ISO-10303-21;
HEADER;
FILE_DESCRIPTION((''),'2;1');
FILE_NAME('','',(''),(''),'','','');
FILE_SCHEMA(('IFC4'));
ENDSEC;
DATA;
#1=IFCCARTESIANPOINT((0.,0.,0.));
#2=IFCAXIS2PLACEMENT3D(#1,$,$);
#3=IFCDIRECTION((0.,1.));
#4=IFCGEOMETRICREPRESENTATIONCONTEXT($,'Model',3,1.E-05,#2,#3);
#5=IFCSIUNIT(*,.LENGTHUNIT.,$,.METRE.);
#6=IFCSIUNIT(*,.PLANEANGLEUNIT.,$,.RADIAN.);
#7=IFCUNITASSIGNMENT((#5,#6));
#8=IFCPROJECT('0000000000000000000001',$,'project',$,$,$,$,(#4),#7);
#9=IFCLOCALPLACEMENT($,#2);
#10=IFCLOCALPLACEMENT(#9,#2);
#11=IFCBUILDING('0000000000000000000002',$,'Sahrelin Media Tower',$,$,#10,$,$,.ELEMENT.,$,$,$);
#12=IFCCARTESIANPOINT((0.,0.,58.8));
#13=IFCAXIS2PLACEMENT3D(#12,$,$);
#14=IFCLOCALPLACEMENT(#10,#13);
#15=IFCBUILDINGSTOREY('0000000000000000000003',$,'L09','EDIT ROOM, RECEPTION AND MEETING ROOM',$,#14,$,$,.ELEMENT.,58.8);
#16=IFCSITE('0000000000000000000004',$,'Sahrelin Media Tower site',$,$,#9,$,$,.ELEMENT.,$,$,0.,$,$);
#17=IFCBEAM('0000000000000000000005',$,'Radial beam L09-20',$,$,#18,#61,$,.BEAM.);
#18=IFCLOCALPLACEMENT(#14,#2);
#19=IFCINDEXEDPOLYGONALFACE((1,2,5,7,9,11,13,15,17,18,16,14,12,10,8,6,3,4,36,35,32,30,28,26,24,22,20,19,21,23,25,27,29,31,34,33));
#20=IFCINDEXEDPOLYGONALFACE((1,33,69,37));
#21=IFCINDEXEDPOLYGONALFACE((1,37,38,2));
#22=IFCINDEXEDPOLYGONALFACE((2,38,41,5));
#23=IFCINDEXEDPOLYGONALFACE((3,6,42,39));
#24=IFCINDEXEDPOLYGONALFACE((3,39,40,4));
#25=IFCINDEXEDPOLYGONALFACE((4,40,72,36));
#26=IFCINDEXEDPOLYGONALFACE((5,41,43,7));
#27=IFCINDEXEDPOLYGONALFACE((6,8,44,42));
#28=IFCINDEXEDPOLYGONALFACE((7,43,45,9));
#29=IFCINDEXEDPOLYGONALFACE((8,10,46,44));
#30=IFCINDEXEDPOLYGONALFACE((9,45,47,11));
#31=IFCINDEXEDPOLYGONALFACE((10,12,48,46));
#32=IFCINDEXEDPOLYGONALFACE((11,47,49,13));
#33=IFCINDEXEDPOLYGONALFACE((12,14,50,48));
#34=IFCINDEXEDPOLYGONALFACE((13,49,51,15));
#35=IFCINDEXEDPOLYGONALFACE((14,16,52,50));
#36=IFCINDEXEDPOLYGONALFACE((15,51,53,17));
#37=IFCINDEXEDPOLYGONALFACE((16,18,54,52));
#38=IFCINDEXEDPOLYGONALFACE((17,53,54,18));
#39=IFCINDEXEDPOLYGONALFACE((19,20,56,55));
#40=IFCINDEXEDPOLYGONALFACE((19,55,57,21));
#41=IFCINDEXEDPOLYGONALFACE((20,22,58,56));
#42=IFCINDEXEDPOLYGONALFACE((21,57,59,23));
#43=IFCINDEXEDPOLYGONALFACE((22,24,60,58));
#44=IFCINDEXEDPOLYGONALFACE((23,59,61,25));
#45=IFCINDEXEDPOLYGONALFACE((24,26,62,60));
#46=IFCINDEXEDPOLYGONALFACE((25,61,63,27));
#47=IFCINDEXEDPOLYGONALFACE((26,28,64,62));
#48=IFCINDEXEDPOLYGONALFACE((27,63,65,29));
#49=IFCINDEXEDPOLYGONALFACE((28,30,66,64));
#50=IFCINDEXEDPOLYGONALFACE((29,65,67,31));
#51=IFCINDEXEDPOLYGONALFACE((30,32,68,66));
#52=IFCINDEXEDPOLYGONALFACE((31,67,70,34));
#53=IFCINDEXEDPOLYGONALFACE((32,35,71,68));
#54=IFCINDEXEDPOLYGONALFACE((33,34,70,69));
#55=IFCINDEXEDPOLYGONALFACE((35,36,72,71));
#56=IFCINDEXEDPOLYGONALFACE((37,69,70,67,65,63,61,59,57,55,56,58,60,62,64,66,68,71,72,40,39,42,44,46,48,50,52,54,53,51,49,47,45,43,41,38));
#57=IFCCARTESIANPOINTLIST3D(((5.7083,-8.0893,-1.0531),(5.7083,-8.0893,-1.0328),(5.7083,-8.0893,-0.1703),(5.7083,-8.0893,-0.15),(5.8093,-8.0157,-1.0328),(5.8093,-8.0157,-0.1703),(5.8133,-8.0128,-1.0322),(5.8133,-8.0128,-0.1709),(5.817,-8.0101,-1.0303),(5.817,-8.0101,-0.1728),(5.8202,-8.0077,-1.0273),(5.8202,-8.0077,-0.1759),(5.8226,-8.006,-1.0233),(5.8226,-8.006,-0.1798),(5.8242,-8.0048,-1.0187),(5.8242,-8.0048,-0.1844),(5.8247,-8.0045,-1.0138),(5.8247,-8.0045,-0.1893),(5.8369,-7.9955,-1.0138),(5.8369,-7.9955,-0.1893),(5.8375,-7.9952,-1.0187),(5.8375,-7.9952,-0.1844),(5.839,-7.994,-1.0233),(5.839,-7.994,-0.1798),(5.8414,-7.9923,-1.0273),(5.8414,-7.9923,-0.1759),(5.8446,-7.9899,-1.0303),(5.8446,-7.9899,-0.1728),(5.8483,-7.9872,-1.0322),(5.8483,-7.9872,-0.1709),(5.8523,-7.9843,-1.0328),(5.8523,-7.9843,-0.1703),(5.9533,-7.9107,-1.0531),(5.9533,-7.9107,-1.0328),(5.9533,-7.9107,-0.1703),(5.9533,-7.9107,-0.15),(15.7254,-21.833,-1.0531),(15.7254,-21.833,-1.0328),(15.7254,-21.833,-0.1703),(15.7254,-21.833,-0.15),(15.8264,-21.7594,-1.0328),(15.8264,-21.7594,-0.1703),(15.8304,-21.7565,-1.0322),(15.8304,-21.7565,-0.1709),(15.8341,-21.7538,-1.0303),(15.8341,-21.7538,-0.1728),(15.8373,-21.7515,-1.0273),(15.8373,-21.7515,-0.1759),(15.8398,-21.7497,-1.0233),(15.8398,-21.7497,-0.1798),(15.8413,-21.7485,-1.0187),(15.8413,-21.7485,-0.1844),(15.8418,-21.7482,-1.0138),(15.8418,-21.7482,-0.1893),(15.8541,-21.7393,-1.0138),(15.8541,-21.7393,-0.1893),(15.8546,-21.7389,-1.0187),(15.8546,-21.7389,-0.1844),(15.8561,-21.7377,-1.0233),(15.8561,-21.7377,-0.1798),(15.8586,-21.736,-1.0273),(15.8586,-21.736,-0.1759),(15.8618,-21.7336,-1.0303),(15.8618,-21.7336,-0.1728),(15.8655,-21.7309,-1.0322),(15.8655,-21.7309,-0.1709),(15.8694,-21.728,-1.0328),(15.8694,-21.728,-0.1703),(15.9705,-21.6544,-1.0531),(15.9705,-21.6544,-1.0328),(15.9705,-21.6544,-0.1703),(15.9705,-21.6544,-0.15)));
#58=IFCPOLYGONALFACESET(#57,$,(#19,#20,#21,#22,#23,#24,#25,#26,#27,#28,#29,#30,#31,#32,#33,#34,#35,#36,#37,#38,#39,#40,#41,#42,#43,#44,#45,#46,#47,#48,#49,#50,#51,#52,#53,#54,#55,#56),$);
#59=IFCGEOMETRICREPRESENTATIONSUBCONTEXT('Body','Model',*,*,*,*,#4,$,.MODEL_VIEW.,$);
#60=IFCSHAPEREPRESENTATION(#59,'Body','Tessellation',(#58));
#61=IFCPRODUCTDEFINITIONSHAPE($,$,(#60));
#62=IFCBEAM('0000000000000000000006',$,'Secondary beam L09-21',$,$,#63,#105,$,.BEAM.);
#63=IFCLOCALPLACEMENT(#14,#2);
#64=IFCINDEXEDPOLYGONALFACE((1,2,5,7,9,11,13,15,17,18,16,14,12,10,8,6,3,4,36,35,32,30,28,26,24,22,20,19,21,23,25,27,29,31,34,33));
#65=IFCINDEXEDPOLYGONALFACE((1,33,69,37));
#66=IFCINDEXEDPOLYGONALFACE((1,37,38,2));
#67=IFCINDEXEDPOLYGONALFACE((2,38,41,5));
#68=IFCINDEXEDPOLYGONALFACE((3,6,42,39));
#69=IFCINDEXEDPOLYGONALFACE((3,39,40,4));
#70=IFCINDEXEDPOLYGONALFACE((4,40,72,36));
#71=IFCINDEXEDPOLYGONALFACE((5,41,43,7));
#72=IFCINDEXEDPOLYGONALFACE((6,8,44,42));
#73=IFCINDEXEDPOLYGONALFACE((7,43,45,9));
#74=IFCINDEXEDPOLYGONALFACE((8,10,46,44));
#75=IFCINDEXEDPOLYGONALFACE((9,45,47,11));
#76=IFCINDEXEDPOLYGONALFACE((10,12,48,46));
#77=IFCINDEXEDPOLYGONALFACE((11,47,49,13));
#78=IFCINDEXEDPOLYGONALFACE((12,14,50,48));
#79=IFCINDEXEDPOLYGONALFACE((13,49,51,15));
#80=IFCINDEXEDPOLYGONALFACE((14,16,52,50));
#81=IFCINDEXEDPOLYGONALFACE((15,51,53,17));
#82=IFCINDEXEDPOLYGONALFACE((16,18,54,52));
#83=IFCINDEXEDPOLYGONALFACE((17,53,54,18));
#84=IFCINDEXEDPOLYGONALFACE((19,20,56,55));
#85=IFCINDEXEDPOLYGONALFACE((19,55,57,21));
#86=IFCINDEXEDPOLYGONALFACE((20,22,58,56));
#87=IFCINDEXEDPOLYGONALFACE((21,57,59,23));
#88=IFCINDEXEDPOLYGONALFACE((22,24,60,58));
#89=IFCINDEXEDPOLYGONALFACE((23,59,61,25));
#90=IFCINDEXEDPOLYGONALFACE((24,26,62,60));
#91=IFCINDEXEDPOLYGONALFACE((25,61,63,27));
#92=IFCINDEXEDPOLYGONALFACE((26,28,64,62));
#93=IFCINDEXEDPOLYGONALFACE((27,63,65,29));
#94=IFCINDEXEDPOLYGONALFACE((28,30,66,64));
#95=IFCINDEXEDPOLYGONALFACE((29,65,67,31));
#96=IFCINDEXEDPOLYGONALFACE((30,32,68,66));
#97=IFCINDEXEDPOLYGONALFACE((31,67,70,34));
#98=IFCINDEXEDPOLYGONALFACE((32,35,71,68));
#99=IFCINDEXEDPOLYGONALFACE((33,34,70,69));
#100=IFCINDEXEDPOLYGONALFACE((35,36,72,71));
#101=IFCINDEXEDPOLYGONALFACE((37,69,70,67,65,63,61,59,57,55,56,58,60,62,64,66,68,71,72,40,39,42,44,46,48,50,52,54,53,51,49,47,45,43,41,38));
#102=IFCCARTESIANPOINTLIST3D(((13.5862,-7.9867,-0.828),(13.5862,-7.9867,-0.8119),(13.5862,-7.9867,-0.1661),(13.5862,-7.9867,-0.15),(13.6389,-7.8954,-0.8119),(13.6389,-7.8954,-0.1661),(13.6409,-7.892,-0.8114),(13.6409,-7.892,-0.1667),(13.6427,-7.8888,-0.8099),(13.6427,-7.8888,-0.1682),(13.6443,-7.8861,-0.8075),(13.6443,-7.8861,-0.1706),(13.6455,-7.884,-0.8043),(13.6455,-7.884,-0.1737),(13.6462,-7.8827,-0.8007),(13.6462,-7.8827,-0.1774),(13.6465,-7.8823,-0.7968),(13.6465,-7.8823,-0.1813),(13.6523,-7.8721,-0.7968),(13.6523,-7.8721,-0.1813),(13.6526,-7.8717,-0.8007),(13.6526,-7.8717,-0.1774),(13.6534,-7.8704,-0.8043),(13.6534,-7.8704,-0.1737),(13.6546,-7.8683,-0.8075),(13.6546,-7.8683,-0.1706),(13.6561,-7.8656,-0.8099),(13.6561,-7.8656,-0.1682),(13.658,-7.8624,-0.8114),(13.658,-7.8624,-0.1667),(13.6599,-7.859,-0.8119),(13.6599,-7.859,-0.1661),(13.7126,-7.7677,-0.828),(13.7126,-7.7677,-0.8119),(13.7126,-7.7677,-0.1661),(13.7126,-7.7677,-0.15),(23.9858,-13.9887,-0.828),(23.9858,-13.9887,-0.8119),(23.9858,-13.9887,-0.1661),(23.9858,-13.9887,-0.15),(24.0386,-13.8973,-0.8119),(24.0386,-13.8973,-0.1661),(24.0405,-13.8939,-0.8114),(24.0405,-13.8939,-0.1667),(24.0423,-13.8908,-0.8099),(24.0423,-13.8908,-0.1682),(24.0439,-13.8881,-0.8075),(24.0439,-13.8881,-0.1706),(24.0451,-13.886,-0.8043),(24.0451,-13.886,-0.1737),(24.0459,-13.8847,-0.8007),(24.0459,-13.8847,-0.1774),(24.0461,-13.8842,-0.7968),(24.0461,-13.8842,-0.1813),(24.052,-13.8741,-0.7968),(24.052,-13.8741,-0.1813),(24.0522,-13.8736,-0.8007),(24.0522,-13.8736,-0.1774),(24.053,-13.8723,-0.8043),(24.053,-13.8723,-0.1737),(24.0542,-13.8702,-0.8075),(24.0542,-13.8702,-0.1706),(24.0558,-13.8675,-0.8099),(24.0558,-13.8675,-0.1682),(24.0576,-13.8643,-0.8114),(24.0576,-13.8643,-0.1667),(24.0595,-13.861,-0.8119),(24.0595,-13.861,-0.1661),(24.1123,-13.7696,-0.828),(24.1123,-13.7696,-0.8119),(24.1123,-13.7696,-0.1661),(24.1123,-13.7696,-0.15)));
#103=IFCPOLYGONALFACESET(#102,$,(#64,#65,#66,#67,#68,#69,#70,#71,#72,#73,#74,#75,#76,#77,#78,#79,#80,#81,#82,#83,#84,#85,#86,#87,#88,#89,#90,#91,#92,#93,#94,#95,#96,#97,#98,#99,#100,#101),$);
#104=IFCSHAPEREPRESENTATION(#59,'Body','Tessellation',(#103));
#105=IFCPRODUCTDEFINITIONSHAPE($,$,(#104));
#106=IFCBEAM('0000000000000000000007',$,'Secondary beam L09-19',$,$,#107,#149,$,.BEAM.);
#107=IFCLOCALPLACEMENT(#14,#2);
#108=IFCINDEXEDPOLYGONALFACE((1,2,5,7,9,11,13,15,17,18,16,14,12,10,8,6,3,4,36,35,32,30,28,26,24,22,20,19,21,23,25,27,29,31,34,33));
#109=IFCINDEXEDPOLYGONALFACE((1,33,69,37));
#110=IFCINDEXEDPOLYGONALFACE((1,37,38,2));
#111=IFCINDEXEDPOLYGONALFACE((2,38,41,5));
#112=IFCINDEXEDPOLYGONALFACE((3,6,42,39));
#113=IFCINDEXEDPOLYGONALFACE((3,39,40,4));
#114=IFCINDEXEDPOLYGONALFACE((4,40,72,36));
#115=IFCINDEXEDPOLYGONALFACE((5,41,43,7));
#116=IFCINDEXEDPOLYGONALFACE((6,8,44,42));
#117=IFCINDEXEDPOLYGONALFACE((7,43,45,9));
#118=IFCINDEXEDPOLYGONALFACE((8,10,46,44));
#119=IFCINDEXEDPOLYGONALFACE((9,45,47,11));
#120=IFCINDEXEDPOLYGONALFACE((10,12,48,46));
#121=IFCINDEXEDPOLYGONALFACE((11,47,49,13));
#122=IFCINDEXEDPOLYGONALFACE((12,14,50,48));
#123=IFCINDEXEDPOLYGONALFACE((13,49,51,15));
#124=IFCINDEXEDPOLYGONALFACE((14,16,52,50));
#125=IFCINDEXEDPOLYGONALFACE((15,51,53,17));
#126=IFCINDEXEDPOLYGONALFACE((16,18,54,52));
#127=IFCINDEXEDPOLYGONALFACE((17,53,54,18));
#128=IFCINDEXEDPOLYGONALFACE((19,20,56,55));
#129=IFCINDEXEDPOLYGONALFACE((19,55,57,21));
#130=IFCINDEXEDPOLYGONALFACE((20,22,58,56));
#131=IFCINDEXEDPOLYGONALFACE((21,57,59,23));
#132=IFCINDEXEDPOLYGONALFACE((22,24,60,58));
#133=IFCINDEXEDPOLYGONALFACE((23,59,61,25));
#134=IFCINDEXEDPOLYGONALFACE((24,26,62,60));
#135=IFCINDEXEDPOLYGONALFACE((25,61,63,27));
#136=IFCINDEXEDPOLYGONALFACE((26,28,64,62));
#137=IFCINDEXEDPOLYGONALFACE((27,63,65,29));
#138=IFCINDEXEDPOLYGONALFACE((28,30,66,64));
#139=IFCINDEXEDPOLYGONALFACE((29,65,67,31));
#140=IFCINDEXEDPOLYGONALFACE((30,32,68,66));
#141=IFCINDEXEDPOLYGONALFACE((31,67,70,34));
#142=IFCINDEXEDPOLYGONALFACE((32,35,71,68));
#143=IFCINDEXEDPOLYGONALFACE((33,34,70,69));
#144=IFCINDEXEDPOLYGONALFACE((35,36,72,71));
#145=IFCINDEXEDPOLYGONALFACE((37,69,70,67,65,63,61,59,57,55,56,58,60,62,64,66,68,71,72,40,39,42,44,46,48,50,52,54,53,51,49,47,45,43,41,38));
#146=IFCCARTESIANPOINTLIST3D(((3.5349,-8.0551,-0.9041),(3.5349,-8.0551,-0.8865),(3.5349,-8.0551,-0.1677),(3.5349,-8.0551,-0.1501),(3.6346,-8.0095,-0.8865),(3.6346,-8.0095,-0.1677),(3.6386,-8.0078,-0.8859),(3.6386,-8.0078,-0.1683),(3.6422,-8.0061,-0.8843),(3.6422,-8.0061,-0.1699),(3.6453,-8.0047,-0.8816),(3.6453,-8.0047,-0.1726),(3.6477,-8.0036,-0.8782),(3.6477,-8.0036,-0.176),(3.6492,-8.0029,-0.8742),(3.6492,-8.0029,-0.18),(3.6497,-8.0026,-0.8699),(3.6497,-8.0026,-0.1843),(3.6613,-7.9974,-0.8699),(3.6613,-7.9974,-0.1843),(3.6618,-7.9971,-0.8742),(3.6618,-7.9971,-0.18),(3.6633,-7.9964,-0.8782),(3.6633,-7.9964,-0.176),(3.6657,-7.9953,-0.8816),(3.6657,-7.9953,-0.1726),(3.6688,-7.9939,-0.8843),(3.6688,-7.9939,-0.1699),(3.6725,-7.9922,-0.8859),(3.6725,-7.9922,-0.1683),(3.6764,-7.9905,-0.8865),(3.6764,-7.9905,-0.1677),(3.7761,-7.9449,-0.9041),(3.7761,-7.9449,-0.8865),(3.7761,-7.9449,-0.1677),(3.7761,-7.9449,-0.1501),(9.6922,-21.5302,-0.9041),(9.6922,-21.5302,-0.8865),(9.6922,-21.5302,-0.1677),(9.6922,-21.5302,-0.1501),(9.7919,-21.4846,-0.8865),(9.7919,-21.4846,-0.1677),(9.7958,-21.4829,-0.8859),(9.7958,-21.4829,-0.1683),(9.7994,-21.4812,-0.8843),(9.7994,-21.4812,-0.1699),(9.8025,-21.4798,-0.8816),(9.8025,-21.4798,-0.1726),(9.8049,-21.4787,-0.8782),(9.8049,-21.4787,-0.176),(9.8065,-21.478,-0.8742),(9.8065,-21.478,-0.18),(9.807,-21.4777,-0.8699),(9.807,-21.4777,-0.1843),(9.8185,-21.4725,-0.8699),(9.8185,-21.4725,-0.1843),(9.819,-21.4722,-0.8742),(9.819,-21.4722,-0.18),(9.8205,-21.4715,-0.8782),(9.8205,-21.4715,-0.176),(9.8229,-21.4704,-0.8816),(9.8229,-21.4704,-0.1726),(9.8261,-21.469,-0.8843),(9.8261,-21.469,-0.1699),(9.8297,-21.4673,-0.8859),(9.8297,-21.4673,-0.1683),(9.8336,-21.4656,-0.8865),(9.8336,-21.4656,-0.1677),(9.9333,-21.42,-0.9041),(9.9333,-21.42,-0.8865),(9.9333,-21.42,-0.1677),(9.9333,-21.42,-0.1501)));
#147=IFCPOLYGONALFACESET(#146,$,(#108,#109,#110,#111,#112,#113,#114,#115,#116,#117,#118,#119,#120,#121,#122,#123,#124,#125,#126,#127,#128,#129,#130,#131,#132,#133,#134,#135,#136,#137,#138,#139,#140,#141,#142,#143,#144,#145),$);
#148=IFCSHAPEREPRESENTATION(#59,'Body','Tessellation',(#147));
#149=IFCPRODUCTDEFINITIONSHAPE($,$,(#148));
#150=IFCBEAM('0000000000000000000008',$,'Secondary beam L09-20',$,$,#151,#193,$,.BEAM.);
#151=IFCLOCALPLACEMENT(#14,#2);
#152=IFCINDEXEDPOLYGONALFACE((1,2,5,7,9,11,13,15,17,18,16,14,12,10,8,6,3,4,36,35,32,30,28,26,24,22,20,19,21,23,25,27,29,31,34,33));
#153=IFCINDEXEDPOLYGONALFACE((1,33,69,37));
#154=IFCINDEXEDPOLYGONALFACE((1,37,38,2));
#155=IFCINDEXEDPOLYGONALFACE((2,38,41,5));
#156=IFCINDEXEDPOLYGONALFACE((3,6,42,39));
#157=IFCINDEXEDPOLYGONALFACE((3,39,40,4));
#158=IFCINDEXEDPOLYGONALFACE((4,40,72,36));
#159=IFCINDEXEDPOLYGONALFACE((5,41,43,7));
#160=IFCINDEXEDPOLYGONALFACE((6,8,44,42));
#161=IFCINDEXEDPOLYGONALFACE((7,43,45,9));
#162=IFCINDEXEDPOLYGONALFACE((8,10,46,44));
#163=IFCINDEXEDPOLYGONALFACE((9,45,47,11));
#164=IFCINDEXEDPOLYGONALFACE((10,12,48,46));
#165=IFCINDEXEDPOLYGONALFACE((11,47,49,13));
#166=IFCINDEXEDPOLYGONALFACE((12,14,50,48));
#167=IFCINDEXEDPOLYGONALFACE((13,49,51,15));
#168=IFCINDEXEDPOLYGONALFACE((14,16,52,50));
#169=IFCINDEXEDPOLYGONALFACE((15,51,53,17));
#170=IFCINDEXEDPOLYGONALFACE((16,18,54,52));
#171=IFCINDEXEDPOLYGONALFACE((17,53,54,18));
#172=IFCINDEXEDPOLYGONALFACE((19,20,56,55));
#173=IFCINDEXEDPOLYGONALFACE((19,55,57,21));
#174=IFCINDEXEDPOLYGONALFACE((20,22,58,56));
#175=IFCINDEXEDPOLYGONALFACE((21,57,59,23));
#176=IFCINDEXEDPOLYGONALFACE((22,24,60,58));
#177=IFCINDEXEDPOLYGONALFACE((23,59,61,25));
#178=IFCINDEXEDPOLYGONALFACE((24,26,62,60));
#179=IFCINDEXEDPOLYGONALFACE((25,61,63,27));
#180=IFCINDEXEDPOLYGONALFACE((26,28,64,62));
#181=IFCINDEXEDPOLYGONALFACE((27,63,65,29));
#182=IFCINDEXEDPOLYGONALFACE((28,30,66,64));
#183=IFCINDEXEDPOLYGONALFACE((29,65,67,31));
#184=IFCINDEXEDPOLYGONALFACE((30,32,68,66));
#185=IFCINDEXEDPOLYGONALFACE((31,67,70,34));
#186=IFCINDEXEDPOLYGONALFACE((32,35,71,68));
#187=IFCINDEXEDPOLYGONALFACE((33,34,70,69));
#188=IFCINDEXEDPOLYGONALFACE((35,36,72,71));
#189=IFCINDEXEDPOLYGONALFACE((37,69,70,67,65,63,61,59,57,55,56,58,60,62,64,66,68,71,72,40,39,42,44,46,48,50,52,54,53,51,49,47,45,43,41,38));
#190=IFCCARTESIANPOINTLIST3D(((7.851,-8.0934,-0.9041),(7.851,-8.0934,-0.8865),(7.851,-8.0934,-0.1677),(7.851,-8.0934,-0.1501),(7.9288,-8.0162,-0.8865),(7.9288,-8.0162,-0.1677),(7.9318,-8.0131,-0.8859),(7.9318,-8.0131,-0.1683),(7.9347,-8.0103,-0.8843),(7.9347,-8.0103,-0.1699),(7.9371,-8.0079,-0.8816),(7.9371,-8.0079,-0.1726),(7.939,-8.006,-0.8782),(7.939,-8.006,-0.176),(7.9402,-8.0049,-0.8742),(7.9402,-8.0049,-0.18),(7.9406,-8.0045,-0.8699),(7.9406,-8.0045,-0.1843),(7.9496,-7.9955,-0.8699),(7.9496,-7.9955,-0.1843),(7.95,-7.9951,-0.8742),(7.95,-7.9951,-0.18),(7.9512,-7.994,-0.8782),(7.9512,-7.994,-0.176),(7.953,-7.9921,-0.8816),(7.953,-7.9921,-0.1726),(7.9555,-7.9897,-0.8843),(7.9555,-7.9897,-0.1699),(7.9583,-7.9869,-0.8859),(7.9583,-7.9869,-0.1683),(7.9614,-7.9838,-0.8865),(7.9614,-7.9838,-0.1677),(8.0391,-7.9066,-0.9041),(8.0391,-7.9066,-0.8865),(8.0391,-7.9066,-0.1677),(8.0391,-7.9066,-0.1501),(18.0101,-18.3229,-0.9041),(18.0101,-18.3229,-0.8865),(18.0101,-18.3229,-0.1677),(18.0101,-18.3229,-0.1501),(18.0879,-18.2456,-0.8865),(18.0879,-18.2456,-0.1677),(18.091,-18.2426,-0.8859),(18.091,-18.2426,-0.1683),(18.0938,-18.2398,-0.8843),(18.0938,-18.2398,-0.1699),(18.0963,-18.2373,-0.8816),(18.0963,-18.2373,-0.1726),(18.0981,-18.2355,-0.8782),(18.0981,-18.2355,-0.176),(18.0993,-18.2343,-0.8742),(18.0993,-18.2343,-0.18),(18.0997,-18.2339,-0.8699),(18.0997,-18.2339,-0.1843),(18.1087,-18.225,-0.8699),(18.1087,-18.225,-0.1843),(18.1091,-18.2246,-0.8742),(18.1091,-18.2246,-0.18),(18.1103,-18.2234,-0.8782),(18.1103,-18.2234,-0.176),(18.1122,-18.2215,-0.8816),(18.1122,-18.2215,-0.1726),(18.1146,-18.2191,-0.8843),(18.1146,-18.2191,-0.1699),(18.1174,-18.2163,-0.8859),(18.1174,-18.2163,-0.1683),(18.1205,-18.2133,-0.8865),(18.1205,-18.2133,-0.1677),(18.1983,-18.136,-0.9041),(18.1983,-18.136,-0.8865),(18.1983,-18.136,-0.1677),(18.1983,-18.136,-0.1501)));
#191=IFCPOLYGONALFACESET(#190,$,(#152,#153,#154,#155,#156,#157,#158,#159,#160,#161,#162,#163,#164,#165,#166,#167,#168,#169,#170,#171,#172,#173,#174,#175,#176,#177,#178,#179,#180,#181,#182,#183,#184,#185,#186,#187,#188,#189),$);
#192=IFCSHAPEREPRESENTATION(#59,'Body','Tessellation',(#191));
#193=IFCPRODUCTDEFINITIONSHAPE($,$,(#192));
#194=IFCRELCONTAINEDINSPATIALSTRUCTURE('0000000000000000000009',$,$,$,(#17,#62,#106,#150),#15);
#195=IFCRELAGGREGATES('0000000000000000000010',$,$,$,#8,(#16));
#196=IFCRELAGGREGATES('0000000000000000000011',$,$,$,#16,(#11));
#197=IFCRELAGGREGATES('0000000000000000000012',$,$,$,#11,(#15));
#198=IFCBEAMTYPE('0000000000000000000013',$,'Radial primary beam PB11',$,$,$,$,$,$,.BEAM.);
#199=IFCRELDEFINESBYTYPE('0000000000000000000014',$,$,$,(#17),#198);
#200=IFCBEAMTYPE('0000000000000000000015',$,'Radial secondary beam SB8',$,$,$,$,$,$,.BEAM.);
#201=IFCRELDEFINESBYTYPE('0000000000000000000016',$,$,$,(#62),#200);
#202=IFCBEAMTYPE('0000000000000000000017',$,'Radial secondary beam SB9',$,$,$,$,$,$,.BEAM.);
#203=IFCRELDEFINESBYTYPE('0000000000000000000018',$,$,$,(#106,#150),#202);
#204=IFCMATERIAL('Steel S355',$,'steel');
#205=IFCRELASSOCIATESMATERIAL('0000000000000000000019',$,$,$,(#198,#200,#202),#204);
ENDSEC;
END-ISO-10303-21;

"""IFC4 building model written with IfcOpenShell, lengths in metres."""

from ifc_helpers import new_model, si_unit, direction, frame, origin, origin_2d, place, context, subcontext, project, spatial, i_section, extrude, material, material_profile, profile_set, type_object, element, save


model = new_model("IFC4")

# Units and contexts
model_context = context("Model", 3, precision=1e-05, world=origin(), true_north=direction((0.0, 1.0)))
body_context = subcontext(model_context, "Body", "Model", "MODEL_VIEW")
ifc_project = project(units=[si_unit("LENGTHUNIT", "METRE"), si_unit("PLANEANGLEUNIT", "RADIAN")], contexts=[model_context])

# Site, building, storey
site_placement = place(None, origin())
site = spatial("IfcSite", under=ifc_project, at=site_placement, Name="Sahrelin Media Tower site", CompositionType="ELEMENT", RefElevation=0.0)
building_placement = place(site_placement, origin())
building = spatial("IfcBuilding", under=site, at=building_placement, Name="Sahrelin Media Tower", CompositionType="ELEMENT")
storey_placement = place(building_placement, frame((0.0, 0.0, 58.8)))
storey = spatial("IfcBuildingStorey", under=building, at=storey_placement, Name="L09", Description="EDIT ROOM, RECEPTION AND MEETING ROOM", CompositionType="ELEMENT", Elevation=58.8)

# Shared definitions
ifc_material_1 = material(Name="Steel S355", Category="steel")

# Beams
ifc_material_profile_1 = material_profile(ifc_material_1, i_section(OverallWidth=0.3032, OverallDepth=0.9031, WebThickness=0.0151, FlangeThickness=0.0203, FilletRadius=0.019, at=origin_2d()), Name="UB 914x305x201")
ifc_profile_set_1 = profile_set([ifc_material_profile_1], Name="Steel S355")
beam_type_1 = type_object("IfcBeamType", Name="Radial primary beam PB11", PredefinedType="BEAM", material=ifc_profile_set_1)
beam_1_placement = place(storey_placement, frame((5.8308, -8.0, -0.6016), z_axis=(0.589006, -0.808129, 0.0), x_axis=(0.808129, 0.589006, 0.0)))
element("IfcBeam", 1, at=beam_1_placement, inside=storey, type_object=beam_type_1, Name="Radial beam L09-20", PredefinedType="BEAM", context=body_context, shape_type="SweptSolid", body=[
    extrude(i_section(OverallWidth=0.3032, OverallDepth=0.9031, WebThickness=0.0151, FlangeThickness=0.0203, FilletRadius=0.019, at=origin_2d()), origin(), (0.0, 0.0, 1.0), 17.0068),
])
ifc_material_profile_2 = material_profile(ifc_material_1, i_section(OverallWidth=0.2529, OverallDepth=0.678, WebThickness=0.0117, FlangeThickness=0.0161, FilletRadius=0.0151, at=origin_2d()), Name="UB 686x254x125")
ifc_profile_set_2 = profile_set([ifc_material_profile_2], Name="Steel S355")
beam_type_2 = type_object("IfcBeamType", Name="Radial secondary beam SB8", PredefinedType="BEAM", material=ifc_profile_set_2)
beam_2_placement = place(storey_placement, frame((13.6494, -7.8772, -0.489), z_axis=(0.866108, -0.499857, 0.0), x_axis=(0.499857, 0.866108, 0.0)))
element("IfcBeam", 2, at=beam_2_placement, inside=storey, type_object=beam_type_2, Name="Secondary beam L09-21", PredefinedType="BEAM", context=body_context, shape_type="SweptSolid", body=[
    extrude(i_section(OverallWidth=0.2529, OverallDepth=0.678, WebThickness=0.0117, FlangeThickness=0.0161, FilletRadius=0.0151, at=origin_2d()), origin(), (0.0, 0.0, 1.0), 12.0073),
])
ifc_material_profile_3 = material_profile(ifc_material_1, i_section(OverallWidth=0.2651, OverallDepth=0.7539, WebThickness=0.0127, FlangeThickness=0.0176, FilletRadius=0.0166, at=origin_2d()), Name="UB 762x267x147")
ifc_profile_set_3 = profile_set([ifc_material_profile_3], Name="Steel S355")
beam_type_3 = type_object("IfcBeamType", Name="Radial secondary beam SB9", PredefinedType="BEAM", material=ifc_profile_set_3)
beam_3_placement = place(storey_placement, frame((3.6555, -8.0, -0.5271), z_axis=(0.415602, -0.909546, 0.0), x_axis=(0.909546, 0.415602, 0.0)))
element("IfcBeam", 3, at=beam_3_placement, inside=storey, type_object=beam_type_3, Name="Secondary beam L09-19", PredefinedType="BEAM", context=body_context, shape_type="SweptSolid", body=[
    extrude(i_section(OverallWidth=0.2651, OverallDepth=0.7539, WebThickness=0.0127, FlangeThickness=0.0176, FilletRadius=0.0166, at=origin_2d()), origin(), (0.0, 0.0, 1.0), 14.8152),
])
beam_4_placement = place(storey_placement, frame((7.9451, -8.0, -0.5271), z_axis=(0.704664, -0.709541, 0.0), x_axis=(0.709541, 0.704664, 0.0)))
element("IfcBeam", 4, at=beam_4_placement, inside=storey, type_object=beam_type_3, Name="Secondary beam L09-20", PredefinedType="BEAM", context=body_context, shape_type="SweptSolid", body=[
    extrude(i_section(OverallWidth=0.2651, OverallDepth=0.7539, WebThickness=0.0127, FlangeThickness=0.0176, FilletRadius=0.0166, at=origin_2d()), origin(), (0.0, 0.0, 1.0), 14.417),
])

save(model, "model.ifc")
